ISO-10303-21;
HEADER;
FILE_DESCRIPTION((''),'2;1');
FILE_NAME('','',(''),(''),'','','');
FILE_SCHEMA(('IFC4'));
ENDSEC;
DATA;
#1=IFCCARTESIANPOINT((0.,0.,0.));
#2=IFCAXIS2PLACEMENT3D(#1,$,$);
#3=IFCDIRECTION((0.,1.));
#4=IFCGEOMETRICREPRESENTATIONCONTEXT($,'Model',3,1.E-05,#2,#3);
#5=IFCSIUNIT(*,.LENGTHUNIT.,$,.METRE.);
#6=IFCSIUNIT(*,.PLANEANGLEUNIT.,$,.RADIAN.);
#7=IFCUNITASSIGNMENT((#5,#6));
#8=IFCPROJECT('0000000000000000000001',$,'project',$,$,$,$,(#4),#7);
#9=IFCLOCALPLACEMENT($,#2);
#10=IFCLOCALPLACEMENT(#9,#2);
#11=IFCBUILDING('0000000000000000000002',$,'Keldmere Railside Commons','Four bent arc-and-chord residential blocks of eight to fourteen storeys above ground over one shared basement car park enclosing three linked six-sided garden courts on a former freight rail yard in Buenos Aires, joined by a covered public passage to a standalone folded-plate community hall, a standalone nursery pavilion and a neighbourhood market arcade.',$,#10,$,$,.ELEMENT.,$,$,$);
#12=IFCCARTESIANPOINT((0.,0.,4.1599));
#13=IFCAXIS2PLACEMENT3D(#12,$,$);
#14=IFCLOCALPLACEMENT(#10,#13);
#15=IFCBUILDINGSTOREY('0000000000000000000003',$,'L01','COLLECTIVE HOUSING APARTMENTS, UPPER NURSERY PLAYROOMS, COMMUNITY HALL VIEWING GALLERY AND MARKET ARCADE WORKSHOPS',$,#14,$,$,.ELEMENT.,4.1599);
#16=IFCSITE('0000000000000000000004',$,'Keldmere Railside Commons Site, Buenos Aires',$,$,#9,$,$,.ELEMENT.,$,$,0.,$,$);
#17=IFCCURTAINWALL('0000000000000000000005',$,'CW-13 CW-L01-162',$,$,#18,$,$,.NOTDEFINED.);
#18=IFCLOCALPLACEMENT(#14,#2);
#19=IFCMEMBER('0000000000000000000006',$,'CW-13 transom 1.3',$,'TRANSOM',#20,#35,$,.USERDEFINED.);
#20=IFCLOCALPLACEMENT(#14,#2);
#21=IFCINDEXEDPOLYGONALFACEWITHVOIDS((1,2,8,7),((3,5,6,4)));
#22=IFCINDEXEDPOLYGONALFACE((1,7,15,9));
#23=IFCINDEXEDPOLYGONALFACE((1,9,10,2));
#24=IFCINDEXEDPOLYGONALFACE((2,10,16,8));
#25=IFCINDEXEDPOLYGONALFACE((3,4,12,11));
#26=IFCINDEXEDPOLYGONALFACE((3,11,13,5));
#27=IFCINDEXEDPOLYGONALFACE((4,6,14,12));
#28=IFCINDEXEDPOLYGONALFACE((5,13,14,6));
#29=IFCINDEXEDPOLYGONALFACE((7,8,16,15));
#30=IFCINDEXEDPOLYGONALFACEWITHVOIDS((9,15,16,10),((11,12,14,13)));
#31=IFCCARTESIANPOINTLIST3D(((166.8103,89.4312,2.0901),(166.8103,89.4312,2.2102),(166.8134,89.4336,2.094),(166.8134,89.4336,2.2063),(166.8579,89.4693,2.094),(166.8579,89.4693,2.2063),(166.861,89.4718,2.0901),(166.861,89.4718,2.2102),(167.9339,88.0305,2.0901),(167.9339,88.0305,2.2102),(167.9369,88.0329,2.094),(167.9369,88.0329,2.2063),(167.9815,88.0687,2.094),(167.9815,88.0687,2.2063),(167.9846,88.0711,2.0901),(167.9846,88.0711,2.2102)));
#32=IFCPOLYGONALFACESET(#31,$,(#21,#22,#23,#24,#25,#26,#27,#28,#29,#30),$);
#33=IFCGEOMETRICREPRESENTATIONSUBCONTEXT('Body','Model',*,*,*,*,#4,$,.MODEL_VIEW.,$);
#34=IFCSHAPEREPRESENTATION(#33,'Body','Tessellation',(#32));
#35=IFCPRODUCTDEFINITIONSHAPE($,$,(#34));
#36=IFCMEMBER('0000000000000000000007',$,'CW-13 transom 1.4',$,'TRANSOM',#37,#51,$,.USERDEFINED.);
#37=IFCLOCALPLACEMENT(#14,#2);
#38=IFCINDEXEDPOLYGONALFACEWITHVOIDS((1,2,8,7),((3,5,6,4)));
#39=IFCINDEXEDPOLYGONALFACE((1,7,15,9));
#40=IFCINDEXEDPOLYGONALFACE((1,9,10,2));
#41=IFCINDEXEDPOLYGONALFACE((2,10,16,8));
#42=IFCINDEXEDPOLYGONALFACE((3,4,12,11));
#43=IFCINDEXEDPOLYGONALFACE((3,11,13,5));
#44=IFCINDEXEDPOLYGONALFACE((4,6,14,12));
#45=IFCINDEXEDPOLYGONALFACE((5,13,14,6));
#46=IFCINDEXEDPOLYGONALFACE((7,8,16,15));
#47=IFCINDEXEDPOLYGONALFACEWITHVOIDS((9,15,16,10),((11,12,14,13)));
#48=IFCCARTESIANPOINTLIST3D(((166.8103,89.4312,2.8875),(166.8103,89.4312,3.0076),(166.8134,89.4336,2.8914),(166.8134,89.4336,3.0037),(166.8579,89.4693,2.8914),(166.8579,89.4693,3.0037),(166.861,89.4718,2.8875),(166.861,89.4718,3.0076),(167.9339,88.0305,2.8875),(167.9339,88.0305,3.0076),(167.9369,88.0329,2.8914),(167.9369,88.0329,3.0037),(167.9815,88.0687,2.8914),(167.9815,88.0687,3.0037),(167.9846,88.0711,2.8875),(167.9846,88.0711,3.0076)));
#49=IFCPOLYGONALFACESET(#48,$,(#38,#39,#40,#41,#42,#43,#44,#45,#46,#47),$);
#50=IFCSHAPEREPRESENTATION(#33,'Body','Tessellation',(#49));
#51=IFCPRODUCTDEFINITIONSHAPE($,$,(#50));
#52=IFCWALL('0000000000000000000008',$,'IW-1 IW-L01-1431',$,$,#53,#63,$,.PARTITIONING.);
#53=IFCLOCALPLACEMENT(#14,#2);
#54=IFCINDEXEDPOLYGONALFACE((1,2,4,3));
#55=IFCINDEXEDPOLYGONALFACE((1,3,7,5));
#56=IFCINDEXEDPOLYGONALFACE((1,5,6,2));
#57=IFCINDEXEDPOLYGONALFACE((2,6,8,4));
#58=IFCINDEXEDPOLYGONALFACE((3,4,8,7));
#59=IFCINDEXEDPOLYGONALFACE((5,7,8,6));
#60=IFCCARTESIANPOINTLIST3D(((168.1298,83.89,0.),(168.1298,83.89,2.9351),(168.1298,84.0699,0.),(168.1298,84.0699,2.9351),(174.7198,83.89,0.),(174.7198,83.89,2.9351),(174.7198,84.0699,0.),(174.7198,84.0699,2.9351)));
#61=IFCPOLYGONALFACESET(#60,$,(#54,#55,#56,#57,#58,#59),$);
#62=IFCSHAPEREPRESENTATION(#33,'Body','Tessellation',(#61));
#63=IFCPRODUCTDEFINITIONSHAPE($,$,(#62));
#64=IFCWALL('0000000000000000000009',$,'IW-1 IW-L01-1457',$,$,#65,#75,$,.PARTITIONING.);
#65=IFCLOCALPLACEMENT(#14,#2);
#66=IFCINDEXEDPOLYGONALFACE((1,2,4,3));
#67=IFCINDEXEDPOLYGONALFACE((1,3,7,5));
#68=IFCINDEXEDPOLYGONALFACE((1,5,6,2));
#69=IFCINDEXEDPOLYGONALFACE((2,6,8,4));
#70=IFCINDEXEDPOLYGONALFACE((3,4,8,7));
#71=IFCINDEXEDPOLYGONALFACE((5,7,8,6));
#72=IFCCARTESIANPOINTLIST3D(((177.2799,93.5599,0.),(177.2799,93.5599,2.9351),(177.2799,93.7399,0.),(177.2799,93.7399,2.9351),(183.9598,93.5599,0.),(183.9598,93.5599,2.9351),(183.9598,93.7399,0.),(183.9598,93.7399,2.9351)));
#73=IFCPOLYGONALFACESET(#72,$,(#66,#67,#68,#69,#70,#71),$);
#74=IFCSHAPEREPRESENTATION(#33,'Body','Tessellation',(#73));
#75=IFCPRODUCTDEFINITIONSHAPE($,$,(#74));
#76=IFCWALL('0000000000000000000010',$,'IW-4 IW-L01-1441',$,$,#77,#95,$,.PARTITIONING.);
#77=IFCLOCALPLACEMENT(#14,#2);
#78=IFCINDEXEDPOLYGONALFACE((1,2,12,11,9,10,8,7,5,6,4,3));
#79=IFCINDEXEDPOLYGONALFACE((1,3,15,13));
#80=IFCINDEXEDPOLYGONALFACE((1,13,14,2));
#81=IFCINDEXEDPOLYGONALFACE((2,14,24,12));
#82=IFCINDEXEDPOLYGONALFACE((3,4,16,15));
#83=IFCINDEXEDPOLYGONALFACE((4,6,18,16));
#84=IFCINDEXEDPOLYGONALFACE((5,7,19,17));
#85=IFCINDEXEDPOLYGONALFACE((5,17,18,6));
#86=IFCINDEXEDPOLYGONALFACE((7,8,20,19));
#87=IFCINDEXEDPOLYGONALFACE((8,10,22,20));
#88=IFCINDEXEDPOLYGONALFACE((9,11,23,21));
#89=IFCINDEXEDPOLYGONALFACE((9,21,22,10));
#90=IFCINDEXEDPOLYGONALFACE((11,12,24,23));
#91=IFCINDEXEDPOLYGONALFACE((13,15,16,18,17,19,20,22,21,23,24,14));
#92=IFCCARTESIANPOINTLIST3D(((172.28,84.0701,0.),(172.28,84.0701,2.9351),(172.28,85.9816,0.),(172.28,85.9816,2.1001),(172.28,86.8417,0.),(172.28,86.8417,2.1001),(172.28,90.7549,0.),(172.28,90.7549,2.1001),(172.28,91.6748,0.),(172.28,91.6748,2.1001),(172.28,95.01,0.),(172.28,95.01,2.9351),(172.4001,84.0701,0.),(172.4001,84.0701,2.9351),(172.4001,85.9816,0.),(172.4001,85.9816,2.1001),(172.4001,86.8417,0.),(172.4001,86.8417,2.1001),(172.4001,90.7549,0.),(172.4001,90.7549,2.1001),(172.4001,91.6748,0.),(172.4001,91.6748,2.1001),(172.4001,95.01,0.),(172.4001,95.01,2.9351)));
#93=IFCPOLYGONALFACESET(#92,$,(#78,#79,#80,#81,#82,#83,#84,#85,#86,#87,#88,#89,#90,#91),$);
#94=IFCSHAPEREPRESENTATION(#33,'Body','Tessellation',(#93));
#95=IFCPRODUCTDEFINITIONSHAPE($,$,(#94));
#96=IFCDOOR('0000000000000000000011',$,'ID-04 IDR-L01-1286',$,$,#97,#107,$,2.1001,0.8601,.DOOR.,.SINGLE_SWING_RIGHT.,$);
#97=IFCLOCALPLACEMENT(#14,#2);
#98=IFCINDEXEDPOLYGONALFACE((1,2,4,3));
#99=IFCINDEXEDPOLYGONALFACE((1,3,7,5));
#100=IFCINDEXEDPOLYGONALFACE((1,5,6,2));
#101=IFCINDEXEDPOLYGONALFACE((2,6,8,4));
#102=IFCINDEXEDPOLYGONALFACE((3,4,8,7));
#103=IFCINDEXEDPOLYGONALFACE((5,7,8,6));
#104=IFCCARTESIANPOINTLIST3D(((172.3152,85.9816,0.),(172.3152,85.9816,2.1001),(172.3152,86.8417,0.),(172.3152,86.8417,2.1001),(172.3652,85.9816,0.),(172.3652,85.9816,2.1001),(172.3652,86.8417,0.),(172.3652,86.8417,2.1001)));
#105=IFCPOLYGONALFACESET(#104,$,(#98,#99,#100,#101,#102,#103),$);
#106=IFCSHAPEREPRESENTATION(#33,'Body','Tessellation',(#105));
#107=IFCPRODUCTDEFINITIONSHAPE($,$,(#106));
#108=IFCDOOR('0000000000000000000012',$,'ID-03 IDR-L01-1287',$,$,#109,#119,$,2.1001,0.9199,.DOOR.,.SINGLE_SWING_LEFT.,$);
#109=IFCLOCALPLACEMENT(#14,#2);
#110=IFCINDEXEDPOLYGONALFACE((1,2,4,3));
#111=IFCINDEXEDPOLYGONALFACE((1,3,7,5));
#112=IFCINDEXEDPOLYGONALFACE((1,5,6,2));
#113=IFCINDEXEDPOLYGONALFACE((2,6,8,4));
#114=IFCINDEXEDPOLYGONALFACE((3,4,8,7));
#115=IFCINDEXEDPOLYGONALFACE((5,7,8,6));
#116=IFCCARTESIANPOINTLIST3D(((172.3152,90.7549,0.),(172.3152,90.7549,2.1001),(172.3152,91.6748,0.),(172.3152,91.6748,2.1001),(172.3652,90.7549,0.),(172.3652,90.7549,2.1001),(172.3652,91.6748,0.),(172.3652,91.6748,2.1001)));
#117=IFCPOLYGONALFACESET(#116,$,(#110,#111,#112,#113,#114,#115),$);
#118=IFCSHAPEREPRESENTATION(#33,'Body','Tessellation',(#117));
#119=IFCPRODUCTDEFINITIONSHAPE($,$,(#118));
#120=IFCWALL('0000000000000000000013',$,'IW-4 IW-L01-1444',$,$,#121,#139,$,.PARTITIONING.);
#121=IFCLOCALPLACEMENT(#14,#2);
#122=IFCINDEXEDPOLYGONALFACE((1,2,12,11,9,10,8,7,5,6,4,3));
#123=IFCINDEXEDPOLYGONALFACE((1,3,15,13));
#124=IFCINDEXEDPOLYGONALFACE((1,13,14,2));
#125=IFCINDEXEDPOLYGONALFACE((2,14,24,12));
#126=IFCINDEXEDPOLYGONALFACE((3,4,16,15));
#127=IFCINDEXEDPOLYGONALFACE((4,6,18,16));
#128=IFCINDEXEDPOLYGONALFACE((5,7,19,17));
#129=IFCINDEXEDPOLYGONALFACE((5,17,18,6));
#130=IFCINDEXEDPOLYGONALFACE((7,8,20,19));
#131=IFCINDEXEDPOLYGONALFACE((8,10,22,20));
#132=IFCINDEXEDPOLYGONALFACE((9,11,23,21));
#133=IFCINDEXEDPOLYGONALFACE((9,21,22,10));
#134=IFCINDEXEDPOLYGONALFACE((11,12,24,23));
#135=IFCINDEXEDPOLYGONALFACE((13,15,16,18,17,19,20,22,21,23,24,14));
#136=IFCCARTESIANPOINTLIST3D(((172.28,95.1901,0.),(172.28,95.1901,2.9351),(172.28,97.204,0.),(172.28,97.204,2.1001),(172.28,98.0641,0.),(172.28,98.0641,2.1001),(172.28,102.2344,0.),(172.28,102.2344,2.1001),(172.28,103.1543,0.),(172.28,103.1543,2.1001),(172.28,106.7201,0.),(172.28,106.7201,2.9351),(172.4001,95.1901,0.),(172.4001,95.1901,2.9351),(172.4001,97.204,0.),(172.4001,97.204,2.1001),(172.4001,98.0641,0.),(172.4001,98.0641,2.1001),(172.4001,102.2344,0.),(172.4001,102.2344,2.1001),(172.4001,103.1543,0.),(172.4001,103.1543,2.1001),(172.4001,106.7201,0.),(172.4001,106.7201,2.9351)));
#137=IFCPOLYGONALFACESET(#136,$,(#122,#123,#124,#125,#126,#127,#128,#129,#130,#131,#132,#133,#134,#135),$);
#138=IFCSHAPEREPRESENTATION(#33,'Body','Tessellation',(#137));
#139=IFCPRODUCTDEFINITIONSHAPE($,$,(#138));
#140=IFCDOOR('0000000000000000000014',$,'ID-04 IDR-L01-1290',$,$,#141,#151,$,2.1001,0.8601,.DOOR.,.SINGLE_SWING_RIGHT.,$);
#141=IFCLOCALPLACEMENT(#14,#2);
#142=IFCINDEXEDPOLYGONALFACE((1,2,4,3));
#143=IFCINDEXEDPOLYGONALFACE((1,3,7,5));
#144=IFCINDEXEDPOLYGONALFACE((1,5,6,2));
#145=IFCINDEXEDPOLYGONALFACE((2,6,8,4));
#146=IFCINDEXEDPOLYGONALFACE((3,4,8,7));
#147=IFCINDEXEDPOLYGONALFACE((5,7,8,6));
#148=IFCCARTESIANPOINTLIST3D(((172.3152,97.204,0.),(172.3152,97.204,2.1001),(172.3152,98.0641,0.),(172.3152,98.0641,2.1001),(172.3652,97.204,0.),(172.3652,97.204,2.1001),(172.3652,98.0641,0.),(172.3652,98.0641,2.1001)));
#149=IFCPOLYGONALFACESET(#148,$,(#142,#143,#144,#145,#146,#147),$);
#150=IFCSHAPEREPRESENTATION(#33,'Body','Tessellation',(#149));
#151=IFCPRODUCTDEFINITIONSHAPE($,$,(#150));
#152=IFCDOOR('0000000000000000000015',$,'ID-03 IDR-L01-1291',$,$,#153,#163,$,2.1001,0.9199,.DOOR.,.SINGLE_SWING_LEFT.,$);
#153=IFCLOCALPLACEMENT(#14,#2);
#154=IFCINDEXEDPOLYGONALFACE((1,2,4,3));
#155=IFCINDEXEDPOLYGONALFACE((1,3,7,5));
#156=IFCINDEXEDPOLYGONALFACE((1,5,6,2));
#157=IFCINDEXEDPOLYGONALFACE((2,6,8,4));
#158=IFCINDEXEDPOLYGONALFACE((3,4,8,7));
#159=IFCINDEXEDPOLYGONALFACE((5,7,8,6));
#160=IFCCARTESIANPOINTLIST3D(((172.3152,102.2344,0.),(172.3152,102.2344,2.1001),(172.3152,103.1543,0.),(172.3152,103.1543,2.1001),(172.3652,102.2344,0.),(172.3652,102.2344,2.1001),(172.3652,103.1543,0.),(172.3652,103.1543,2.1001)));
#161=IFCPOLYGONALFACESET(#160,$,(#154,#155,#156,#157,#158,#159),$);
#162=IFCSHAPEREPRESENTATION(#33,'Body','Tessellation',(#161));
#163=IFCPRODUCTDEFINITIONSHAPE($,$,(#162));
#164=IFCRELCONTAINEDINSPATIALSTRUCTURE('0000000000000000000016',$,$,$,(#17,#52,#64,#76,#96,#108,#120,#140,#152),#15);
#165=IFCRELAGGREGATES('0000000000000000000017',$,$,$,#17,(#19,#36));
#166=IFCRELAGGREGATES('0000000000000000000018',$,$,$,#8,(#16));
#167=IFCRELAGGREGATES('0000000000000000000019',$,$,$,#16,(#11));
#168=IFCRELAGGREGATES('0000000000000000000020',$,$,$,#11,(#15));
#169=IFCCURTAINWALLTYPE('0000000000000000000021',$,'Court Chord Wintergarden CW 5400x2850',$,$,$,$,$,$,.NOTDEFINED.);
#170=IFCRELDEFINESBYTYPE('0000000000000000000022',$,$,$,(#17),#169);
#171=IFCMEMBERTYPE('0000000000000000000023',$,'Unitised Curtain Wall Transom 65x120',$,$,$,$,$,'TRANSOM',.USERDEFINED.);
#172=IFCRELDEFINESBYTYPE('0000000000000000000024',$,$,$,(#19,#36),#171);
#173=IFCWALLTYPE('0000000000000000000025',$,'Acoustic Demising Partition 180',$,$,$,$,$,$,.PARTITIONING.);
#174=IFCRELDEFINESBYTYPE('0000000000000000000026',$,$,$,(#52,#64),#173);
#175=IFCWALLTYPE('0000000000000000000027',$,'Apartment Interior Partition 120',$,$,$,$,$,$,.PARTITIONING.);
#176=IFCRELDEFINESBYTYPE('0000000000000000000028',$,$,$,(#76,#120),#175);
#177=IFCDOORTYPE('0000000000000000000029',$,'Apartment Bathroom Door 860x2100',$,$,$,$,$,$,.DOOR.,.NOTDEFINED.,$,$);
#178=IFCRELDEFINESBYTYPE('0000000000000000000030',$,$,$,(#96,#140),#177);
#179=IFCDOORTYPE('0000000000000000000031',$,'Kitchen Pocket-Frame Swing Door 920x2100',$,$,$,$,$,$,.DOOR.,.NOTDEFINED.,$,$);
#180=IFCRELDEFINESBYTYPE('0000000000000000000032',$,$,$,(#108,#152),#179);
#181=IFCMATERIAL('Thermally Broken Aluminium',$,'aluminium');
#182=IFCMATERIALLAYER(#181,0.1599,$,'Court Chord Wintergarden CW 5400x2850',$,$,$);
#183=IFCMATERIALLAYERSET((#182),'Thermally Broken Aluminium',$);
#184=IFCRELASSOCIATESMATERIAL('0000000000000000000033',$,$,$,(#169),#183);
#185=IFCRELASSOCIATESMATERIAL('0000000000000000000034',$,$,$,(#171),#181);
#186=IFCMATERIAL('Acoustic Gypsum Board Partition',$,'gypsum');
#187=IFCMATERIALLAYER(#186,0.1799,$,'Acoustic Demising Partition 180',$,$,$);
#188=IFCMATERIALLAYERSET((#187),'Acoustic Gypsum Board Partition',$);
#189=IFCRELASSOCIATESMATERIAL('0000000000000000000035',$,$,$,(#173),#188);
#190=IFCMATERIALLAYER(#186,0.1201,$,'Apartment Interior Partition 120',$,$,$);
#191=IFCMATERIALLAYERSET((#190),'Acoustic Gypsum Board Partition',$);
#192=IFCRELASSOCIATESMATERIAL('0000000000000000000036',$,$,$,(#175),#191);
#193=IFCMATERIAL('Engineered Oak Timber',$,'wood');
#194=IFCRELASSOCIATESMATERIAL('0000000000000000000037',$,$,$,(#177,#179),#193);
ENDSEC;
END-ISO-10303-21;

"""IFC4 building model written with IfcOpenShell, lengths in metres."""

from ifc_helpers import new_model, si_unit, direction, frame, frame_2d, origin, origin_2d, place, context, subcontext, project, spatial, rectangle, hollow_rectangle, extrude, material, layer, layer_set, material_profile, profile_set, type_object, element, fill, aggregate, save


model = new_model("IFC4")

# Units and contexts
model_context = context("Model", 3, precision=1e-05, world=origin(), true_north=direction((0.0, 1.0)))
body_context = subcontext(model_context, "Body", "Model", "MODEL_VIEW")
ifc_project = project(units=[si_unit("LENGTHUNIT", "METRE"), si_unit("PLANEANGLEUNIT", "RADIAN")], contexts=[model_context])

# Site, building, storey
site_placement = place(None, origin())
site = spatial("IfcSite", under=ifc_project, at=site_placement, Name="Keldmere Railside Commons Site, Buenos Aires", CompositionType="ELEMENT", RefElevation=0.0)
building_placement = place(site_placement, origin())
building = spatial("IfcBuilding", under=site, at=building_placement, Name="Keldmere Railside Commons", Description="Four bent arc-and-chord residential blocks of eight to fourteen storeys above ground over one shared basement car park enclosing three linked six-sided garden courts on a former freight rail yard in Buenos Aires, joined by a covered public passage to a standalone folded-plate community hall, a standalone nursery pavilion and a neighbourhood market arcade.", CompositionType="ELEMENT")
storey_placement = place(building_placement, frame((0.0, 0.0, 4.1599)))
storey = spatial("IfcBuildingStorey", under=building, at=storey_placement, Name="L01", Description="COLLECTIVE HOUSING APARTMENTS, UPPER NURSERY PLAYROOMS, COMMUNITY HALL VIEWING GALLERY AND MARKET ARCADE WORKSHOPS", CompositionType="ELEMENT", Elevation=4.1599)

# Curtain wall, members
ifc_material_1 = material(Name="Thermally Broken Aluminium", Category="aluminium")
ifc_layer_1 = layer(ifc_material_1, 0.1599, Name="Court Chord Wintergarden CW 5400x2850")
ifc_layer_set_1 = layer_set([ifc_layer_1], Name="Thermally Broken Aluminium")
curtain_wall_type = type_object("IfcCurtainWallType", Name="Court Chord Wintergarden CW 5400x2850", PredefinedType="NOTDEFINED", material=ifc_layer_set_1)
curtain_wall_placement = place(storey_placement, origin())
curtain_wall = element("IfcCurtainWall", 1, at=curtain_wall_placement, inside=storey, type_object=curtain_wall_type, Name="CW-13 CW-L01-162", PredefinedType="NOTDEFINED")
ifc_material_profile_1 = material_profile(ifc_material_1, hollow_rectangle(XDim=0.0649, YDim=0.1201, WallThickness=0.0039, at=origin_2d()), Name="ALU-TRAN-65x120")
ifc_profile_set_1 = profile_set([ifc_material_profile_1], Name="Thermally Broken Aluminium")
member_type_1 = type_object("IfcMemberType", Name="Unitised Curtain Wall Transom 65x120", ElementType="TRANSOM", PredefinedType="USERDEFINED", material=ifc_profile_set_1)
member_1_placement = place(storey_placement, frame((167.9592, 88.0508, 2.1501), z_axis=(-0.625723, 0.780046, 0.0), x_axis=(-0.780046, -0.625723, 0.0)))
member_1 = element("IfcMember", 2, at=member_1_placement, type_object=member_type_1, Name="CW-13 transom 1.3", ObjectType="TRANSOM", PredefinedType="USERDEFINED", context=body_context, shape_type="SweptSolid", body=[
    extrude(hollow_rectangle(XDim=0.0649, YDim=0.1201, WallThickness=0.0039, at=origin_2d()), origin(), (0.0, 0.0, 1.0), 1.7957),
])
member_2_placement = place(storey_placement, frame((167.9592, 88.0508, 2.9475), z_axis=(-0.625723, 0.780046, 0.0), x_axis=(-0.780046, -0.625723, 0.0)))
member_2 = element("IfcMember", 3, at=member_2_placement, type_object=member_type_1, Name="CW-13 transom 1.4", ObjectType="TRANSOM", PredefinedType="USERDEFINED", context=body_context, shape_type="SweptSolid", body=[
    extrude(hollow_rectangle(XDim=0.0649, YDim=0.1201, WallThickness=0.0039, at=origin_2d()), origin(), (0.0, 0.0, 1.0), 1.7957),
])
aggregate(curtain_wall, [member_1, member_2])

# Walls
ifc_material_2 = material(Name="Acoustic Gypsum Board Partition", Category="gypsum")
ifc_layer_2 = layer(ifc_material_2, 0.1799, Name="Acoustic Demising Partition 180")
ifc_layer_set_2 = layer_set([ifc_layer_2], Name="Acoustic Gypsum Board Partition")
wall_type_1 = type_object("IfcWallType", Name="Acoustic Demising Partition 180", PredefinedType="PARTITIONING", material=ifc_layer_set_2)
wall_1_placement = place(storey_placement, frame((168.1299, 83.98, 0.0), z_axis=(0.0, 0.0, 1.0), x_axis=(1.0, 0.0, 0.0)))
element("IfcWall", 4, at=wall_1_placement, inside=storey, type_object=wall_type_1, Name="IW-1 IW-L01-1431", PredefinedType="PARTITIONING", context=body_context, shape_type="SweptSolid", body=[
    extrude(rectangle(XDim=6.5901, YDim=0.1799, at=frame_2d((3.2949, 0.0))), origin(), (0.0, 0.0, 1.0), 2.9351),
])
wall_2_placement = place(storey_placement, frame((177.28, 93.6499, 0.0), z_axis=(0.0, 0.0, 1.0), x_axis=(1.0, 0.0, 0.0)))
element("IfcWall", 5, at=wall_2_placement, inside=storey, type_object=wall_type_1, Name="IW-1 IW-L01-1457", PredefinedType="PARTITIONING", context=body_context, shape_type="SweptSolid", body=[
    extrude(rectangle(XDim=6.6799, YDim=0.1799, at=frame_2d((3.3398, 0.0))), origin(), (0.0, 0.0, 1.0), 2.9351),
])

# Walls, openings, doors
ifc_layer_3 = layer(ifc_material_2, 0.1201, Name="Apartment Interior Partition 120")
ifc_layer_set_3 = layer_set([ifc_layer_3], Name="Acoustic Gypsum Board Partition")
wall_type_2 = type_object("IfcWallType", Name="Apartment Interior Partition 120", PredefinedType="PARTITIONING", material=ifc_layer_set_3)
wall_3_placement = place(storey_placement, frame((172.3401, 84.0701, 0.0), z_axis=(0.0, 0.0, 1.0), x_axis=(0.0, 1.0, 0.0)))
wall_3 = element("IfcWall", 6, at=wall_3_placement, inside=storey, type_object=wall_type_2, Name="IW-4 IW-L01-1441", PredefinedType="PARTITIONING", context=body_context, shape_type="SweptSolid", body=[
    extrude(rectangle(XDim=10.9399, YDim=0.1201, at=frame_2d((5.47, 0.0))), origin(), (0.0, 0.0, 1.0), 2.9351),
])
opening_1_placement = place(wall_3_placement, frame((1.9114, 0.0, 0.0)))
opening_1 = element("IfcOpeningElement", 7, at=opening_1_placement, cuts=wall_3, PredefinedType="OPENING", context=body_context, shape_type="SweptSolid", body=[
    extrude(rectangle(XDim=0.8601, YDim=2.1001, at=frame_2d((0.4302, 1.05))), frame((0.0, 0.0701, 0.0), z_axis=(0.0, -1.0, 0.0), x_axis=(1.0, 0.0, 0.0)), (0.0, 0.0, 1.0), 0.1401),
])
opening_2_placement = place(wall_3_placement, frame((6.6848, 0.0, 0.0)))
opening_2 = element("IfcOpeningElement", 8, at=opening_2_placement, cuts=wall_3, PredefinedType="OPENING", context=body_context, shape_type="SweptSolid", body=[
    extrude(rectangle(XDim=0.9199, YDim=2.1001, at=frame_2d((0.46, 1.05))), frame((0.0, 0.0701, 0.0), z_axis=(0.0, -1.0, 0.0), x_axis=(1.0, 0.0, 0.0)), (0.0, 0.0, 1.0), 0.1401),
])
ifc_material_3 = material(Name="Engineered Oak Timber", Category="wood")
door_type_1 = type_object("IfcDoorType", Name="Apartment Bathroom Door 860x2100", OperationType="NOTDEFINED", PredefinedType="DOOR", material=ifc_material_3)
door_1_placement = place(opening_1_placement, origin())
door_1 = element("IfcDoor", 9, at=door_1_placement, inside=storey, type_object=door_type_1, Name="ID-04 IDR-L01-1286", OperationType="SINGLE_SWING_RIGHT", OverallHeight=2.1001, OverallWidth=0.8601, PredefinedType="DOOR", context=body_context, shape_type="SweptSolid", body=[
    extrude(rectangle(XDim=0.8601, YDim=2.1001, at=frame_2d((0.4302, 1.05))), frame((0.0, 0.0249, 0.0), z_axis=(0.0, -1.0, 0.0), x_axis=(1.0, 0.0, 0.0)), (0.0, 0.0, 1.0), 0.05),
])
fill(opening_1, door_1)
door_type_2 = type_object("IfcDoorType", Name="Kitchen Pocket-Frame Swing Door 920x2100", OperationType="NOTDEFINED", PredefinedType="DOOR", material=ifc_material_3)
door_2_placement = place(opening_2_placement, origin())
door_2 = element("IfcDoor", 10, at=door_2_placement, inside=storey, type_object=door_type_2, Name="ID-03 IDR-L01-1287", OperationType="SINGLE_SWING_LEFT", OverallHeight=2.1001, OverallWidth=0.9199, PredefinedType="DOOR", context=body_context, shape_type="SweptSolid", body=[
    extrude(rectangle(XDim=0.9199, YDim=2.1001, at=frame_2d((0.46, 1.05))), frame((0.0, 0.0249, 0.0), z_axis=(0.0, -1.0, 0.0), x_axis=(1.0, 0.0, 0.0)), (0.0, 0.0, 1.0), 0.05),
])
fill(opening_2, door_2)
wall_4_placement = place(storey_placement, frame((172.3401, 95.1899, 0.0), z_axis=(0.0, 0.0, 1.0), x_axis=(0.0, 1.0, 0.0)))
wall_4 = element("IfcWall", 11, at=wall_4_placement, inside=storey, type_object=wall_type_2, Name="IW-4 IW-L01-1444", PredefinedType="PARTITIONING", context=body_context, shape_type="SweptSolid", body=[
    extrude(rectangle(XDim=11.53, YDim=0.1201, at=frame_2d((5.7651, 0.0))), origin(), (0.0, 0.0, 1.0), 2.9351),
])
opening_3_placement = place(wall_4_placement, frame((2.0139, 0.0, 0.0)))
opening_3 = element("IfcOpeningElement", 12, at=opening_3_placement, cuts=wall_4, PredefinedType="OPENING", context=body_context, shape_type="SweptSolid", body=[
    extrude(rectangle(XDim=0.8601, YDim=2.1001, at=frame_2d((0.4302, 1.05))), frame((0.0, 0.0701, 0.0), z_axis=(0.0, -1.0, 0.0), x_axis=(1.0, 0.0, 0.0)), (0.0, 0.0, 1.0), 0.1401),
])
opening_4_placement = place(wall_4_placement, frame((7.0444, 0.0, 0.0)))
opening_4 = element("IfcOpeningElement", 13, at=opening_4_placement, cuts=wall_4, PredefinedType="OPENING", context=body_context, shape_type="SweptSolid", body=[
    extrude(rectangle(XDim=0.9199, YDim=2.1001, at=frame_2d((0.46, 1.05))), frame((0.0, 0.0701, 0.0), z_axis=(0.0, -1.0, 0.0), x_axis=(1.0, 0.0, 0.0)), (0.0, 0.0, 1.0), 0.1401),
])
door_3_placement = place(opening_3_placement, origin())
door_3 = element("IfcDoor", 14, at=door_3_placement, inside=storey, type_object=door_type_1, Name="ID-04 IDR-L01-1290", OperationType="SINGLE_SWING_RIGHT", OverallHeight=2.1001, OverallWidth=0.8601, PredefinedType="DOOR", context=body_context, shape_type="SweptSolid", body=[
    extrude(rectangle(XDim=0.8601, YDim=2.1001, at=frame_2d((0.4302, 1.05))), frame((0.0, 0.0249, 0.0), z_axis=(0.0, -1.0, 0.0), x_axis=(1.0, 0.0, 0.0)), (0.0, 0.0, 1.0), 0.05),
])
fill(opening_3, door_3)
door_4_placement = place(opening_4_placement, origin())
door_4 = element("IfcDoor", 15, at=door_4_placement, inside=storey, type_object=door_type_2, Name="ID-03 IDR-L01-1291", OperationType="SINGLE_SWING_LEFT", OverallHeight=2.1001, OverallWidth=0.9199, PredefinedType="DOOR", context=body_context, shape_type="SweptSolid", body=[
    extrude(rectangle(XDim=0.9199, YDim=2.1001, at=frame_2d((0.46, 1.05))), frame((0.0, 0.0249, 0.0), z_axis=(0.0, -1.0, 0.0), x_axis=(1.0, 0.0, 0.0)), (0.0, 0.0, 1.0), 0.05),
])
fill(opening_4, door_4)

save(model, "model.ifc")
